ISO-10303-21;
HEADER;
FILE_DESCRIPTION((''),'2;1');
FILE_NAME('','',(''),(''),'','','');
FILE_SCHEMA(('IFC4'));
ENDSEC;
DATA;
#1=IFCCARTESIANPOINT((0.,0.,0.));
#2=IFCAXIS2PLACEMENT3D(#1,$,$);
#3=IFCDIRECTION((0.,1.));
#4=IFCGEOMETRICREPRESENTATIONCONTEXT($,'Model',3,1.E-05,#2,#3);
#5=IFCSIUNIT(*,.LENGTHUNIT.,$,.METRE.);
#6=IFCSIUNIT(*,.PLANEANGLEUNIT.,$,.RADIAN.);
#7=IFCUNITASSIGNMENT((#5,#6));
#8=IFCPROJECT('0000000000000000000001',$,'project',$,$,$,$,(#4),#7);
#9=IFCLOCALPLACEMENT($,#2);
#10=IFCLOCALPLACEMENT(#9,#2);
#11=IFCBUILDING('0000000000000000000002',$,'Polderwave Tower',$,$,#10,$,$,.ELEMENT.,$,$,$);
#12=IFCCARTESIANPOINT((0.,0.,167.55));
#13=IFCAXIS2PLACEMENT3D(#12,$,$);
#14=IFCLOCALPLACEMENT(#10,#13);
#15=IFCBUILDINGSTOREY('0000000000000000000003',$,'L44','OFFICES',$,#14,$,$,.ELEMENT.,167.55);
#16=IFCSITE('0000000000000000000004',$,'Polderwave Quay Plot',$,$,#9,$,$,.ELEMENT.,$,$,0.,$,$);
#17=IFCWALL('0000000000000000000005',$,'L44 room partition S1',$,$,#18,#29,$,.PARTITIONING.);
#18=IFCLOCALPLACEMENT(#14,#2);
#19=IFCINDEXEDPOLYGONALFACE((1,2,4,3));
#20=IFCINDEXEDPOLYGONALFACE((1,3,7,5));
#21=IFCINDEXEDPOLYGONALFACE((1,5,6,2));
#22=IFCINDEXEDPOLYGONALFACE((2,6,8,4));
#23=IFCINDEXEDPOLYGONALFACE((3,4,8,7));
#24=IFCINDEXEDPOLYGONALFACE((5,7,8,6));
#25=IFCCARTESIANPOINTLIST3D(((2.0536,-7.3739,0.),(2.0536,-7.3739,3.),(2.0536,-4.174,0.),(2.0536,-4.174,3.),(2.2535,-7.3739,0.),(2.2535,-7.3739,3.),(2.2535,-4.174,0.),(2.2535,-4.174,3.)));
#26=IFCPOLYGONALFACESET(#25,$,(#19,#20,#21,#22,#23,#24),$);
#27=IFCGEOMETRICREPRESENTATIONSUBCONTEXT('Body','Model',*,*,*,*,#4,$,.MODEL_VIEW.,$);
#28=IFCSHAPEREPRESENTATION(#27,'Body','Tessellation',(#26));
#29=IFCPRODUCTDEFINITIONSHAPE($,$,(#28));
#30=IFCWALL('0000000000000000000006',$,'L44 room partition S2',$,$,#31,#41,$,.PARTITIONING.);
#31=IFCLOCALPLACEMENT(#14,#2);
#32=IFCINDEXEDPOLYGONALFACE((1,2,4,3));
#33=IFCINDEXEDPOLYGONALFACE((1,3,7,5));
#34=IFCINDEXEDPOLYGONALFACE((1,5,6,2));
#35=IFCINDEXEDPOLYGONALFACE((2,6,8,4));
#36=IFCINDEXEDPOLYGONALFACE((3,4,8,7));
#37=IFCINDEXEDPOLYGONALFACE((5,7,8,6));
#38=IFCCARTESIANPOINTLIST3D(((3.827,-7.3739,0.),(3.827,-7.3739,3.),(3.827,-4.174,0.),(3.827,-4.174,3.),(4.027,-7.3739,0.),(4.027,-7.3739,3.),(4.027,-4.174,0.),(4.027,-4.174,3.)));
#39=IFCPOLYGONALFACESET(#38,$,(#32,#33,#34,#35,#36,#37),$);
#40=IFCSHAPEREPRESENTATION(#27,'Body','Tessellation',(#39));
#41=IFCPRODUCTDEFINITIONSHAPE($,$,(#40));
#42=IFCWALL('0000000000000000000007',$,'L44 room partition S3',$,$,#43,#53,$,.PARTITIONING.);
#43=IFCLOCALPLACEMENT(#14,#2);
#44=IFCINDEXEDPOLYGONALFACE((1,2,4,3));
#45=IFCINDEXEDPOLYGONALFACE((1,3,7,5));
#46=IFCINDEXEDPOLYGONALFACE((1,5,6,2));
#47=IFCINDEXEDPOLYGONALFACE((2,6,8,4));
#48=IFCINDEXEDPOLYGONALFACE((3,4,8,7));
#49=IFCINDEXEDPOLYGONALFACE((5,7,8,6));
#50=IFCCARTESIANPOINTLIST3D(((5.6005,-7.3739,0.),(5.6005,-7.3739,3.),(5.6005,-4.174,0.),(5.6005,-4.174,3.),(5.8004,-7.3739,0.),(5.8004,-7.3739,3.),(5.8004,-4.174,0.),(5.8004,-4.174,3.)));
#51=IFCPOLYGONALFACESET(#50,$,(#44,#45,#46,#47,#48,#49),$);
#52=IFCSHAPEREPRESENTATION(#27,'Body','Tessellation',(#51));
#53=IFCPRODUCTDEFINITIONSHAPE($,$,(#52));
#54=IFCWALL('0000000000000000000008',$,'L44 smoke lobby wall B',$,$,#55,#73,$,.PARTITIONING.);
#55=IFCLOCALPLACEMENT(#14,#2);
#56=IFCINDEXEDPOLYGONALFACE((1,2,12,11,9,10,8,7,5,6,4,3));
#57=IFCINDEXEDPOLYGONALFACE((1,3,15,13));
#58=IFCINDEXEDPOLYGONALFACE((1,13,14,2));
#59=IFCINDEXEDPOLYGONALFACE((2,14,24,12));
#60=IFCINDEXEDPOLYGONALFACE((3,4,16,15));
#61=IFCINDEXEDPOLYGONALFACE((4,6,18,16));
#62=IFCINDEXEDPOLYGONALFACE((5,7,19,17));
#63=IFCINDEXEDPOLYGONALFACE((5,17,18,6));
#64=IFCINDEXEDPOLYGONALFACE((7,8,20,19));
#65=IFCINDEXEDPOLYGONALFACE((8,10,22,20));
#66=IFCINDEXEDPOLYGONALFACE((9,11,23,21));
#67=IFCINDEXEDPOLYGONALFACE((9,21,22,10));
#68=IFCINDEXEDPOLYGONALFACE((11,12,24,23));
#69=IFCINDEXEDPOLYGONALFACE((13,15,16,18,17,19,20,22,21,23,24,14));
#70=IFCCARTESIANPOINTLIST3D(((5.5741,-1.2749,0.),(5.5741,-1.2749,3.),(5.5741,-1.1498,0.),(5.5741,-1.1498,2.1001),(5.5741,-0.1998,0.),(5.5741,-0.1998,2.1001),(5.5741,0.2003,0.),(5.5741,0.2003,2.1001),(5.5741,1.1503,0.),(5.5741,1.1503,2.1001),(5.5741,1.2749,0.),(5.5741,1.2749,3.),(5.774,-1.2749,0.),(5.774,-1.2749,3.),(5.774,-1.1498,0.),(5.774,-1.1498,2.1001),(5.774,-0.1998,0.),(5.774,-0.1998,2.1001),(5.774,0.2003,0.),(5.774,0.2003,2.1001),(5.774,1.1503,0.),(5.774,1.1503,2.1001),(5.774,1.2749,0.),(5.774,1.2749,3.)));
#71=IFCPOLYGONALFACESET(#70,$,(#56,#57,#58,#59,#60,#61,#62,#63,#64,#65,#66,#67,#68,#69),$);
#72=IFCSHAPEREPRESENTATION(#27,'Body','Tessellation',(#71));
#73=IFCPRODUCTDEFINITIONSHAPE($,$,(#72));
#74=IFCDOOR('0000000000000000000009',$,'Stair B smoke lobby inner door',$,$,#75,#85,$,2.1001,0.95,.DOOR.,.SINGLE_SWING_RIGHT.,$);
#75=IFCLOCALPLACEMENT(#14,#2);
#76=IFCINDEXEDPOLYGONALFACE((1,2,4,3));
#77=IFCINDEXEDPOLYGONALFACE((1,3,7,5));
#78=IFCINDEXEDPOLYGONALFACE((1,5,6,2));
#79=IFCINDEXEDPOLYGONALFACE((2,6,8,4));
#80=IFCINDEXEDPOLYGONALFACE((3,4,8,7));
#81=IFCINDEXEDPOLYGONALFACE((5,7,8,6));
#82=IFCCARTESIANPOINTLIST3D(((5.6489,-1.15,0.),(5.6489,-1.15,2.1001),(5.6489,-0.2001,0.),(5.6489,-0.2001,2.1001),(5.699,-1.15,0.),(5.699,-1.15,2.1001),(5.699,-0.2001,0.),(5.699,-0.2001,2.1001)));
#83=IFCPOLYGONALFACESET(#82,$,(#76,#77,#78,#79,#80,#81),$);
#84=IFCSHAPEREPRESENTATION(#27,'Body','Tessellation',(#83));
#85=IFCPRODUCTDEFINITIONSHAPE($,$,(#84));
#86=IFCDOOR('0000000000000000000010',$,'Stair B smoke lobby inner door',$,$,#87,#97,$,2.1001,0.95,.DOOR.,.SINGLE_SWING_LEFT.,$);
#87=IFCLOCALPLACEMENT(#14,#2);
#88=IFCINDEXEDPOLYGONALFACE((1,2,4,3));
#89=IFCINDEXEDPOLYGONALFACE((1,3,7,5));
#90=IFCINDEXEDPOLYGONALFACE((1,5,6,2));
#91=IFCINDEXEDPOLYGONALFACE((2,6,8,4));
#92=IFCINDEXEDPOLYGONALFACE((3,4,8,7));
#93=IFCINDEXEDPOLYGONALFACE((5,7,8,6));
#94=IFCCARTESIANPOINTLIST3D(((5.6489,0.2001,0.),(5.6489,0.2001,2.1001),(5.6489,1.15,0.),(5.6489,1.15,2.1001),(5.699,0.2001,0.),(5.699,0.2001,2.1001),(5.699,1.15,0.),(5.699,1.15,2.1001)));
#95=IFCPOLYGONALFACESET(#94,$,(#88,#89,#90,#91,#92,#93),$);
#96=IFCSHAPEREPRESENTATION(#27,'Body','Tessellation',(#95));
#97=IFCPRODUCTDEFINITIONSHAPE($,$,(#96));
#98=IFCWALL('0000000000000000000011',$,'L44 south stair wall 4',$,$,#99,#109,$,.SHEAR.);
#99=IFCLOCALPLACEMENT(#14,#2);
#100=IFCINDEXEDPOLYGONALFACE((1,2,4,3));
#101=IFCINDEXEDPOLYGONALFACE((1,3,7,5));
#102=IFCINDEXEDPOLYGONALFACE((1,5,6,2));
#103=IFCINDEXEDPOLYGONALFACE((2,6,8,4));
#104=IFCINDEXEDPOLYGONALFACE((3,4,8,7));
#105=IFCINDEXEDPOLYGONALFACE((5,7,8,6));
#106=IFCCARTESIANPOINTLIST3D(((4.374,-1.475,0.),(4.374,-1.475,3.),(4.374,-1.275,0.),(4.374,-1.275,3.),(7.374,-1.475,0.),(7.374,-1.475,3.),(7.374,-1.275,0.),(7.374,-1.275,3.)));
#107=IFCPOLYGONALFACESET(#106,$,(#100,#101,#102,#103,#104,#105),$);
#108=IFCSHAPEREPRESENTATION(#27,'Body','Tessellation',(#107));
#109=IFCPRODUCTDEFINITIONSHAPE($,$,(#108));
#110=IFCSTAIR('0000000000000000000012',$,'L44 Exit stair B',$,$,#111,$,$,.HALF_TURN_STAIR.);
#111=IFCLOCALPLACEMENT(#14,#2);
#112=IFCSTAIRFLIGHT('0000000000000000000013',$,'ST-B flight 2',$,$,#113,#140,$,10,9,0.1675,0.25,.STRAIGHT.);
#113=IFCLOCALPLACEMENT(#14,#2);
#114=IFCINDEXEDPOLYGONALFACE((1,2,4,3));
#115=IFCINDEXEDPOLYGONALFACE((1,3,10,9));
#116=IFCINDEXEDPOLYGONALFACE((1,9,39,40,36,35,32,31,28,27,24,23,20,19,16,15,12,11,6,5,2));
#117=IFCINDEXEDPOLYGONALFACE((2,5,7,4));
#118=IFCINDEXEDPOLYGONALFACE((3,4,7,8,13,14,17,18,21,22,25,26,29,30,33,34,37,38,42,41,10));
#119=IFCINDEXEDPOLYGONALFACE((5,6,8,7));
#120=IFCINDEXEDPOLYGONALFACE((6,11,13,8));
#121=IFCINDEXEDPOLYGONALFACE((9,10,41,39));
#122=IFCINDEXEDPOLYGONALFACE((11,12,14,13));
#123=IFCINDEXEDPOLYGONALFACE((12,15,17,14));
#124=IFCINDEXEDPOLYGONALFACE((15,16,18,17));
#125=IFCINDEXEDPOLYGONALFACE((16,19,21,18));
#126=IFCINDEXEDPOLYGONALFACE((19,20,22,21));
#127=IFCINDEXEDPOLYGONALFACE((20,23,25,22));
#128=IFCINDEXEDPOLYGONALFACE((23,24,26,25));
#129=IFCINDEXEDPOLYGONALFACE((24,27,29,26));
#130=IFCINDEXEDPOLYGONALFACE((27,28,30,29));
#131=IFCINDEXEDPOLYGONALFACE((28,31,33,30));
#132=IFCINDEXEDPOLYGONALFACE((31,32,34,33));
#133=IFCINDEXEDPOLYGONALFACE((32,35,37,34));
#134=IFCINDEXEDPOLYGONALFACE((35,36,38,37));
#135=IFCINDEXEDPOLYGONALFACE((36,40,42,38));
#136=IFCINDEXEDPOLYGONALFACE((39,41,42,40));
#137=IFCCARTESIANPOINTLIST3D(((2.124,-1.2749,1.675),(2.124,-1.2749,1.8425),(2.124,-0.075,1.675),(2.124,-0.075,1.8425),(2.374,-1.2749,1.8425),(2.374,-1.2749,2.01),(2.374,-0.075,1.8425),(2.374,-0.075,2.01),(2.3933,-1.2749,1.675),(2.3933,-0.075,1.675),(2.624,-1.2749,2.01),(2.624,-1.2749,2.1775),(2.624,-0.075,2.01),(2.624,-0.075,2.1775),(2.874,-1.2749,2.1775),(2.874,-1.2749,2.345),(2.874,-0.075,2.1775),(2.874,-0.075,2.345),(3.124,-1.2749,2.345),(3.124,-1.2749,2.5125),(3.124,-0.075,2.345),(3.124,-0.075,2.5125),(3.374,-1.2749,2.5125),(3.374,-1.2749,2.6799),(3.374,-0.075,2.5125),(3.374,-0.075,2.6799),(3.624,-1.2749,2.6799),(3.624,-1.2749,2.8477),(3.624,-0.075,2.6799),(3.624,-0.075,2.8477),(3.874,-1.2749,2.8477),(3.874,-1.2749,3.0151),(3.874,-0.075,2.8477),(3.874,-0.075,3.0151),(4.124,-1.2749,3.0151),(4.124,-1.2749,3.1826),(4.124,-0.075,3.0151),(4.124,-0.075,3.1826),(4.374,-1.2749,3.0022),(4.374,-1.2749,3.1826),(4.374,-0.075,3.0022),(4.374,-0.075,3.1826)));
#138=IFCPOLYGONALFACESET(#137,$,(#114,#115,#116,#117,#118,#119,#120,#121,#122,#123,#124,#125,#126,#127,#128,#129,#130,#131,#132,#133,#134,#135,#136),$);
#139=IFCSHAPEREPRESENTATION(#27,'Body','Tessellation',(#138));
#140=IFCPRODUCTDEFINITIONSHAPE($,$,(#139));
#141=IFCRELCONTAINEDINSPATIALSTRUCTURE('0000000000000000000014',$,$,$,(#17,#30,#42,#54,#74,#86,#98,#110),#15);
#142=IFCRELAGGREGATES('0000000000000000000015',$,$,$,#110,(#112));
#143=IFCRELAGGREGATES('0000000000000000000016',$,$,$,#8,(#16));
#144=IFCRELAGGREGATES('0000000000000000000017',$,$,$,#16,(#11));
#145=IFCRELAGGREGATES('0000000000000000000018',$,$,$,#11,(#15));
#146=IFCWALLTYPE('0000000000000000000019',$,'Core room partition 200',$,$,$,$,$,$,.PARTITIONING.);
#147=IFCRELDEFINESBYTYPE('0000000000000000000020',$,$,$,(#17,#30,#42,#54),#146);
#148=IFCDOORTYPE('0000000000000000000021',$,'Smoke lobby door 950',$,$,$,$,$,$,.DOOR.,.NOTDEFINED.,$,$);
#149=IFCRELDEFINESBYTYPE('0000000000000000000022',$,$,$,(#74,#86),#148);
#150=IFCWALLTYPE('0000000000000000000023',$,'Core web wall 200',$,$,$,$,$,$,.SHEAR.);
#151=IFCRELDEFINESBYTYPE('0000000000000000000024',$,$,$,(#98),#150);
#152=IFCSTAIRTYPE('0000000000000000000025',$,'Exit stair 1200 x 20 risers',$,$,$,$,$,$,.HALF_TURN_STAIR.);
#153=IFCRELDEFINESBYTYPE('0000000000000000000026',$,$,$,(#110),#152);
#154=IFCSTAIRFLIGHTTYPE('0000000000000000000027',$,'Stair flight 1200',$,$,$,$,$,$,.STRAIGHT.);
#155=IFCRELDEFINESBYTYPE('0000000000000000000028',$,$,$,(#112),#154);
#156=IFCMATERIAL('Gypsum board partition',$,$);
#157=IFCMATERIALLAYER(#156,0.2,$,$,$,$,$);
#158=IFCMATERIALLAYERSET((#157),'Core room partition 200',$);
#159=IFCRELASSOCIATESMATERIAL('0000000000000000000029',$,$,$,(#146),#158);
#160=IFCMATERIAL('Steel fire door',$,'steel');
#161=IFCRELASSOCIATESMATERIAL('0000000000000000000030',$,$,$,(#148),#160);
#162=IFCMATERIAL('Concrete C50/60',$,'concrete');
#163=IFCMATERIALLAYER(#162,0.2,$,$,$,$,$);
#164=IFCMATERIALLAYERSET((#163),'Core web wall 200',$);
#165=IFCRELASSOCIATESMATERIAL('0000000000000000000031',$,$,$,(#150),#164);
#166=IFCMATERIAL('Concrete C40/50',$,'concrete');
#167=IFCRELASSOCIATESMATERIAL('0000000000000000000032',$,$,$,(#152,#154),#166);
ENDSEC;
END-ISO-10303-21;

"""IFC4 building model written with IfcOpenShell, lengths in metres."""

from ifc_helpers import new_model, si_unit, direction, frame, frame_2d, origin, place, context, subcontext, project, spatial, polyline, rectangle, outline, extrude, material, layer, layer_set, type_object, element, fill, aggregate, save


model = new_model("IFC4")

# Units and contexts
model_context = context("Model", 3, precision=1e-05, world=origin(), true_north=direction((0.0, 1.0)))
body_context = subcontext(model_context, "Body", "Model", "MODEL_VIEW")
ifc_project = project(units=[si_unit("LENGTHUNIT", "METRE"), si_unit("PLANEANGLEUNIT", "RADIAN")], contexts=[model_context])

# Site, building, storey
site_placement = place(None, origin())
site = spatial("IfcSite", under=ifc_project, at=site_placement, Name="Polderwave Quay Plot", CompositionType="ELEMENT", RefElevation=0.0)
building_placement = place(site_placement, origin())
building = spatial("IfcBuilding", under=site, at=building_placement, Name="Polderwave Tower", CompositionType="ELEMENT")
storey_placement = place(building_placement, frame((0.0, 0.0, 167.55)))
storey = spatial("IfcBuildingStorey", under=building, at=storey_placement, Name="L44", Description="OFFICES", CompositionType="ELEMENT", Elevation=167.55)

# Walls
ifc_material_1 = material(Name="Gypsum board partition")
ifc_layer_1 = layer(ifc_material_1, 0.2)
ifc_layer_set_1 = layer_set([ifc_layer_1], Name="Core room partition 200")
wall_type_1 = type_object("IfcWallType", Name="Core room partition 200", PredefinedType="PARTITIONING", material=ifc_layer_set_1)
for number, where, z_axis, x_axis, name in (
    (1, (2.1536, -7.374, 0.0), (0.0, 0.0, 1.0), (0.0, 1.0, 0.0), "L44 room partition S1"),
    (2, (3.927, -7.374, 0.0), (0.0, 0.0, 1.0), (0.0, 1.0, 0.0), "L44 room partition S2"),
    (3, (5.7004, -7.374, 0.0), (0.0, 0.0, 1.0), (0.0, 1.0, 0.0), "L44 room partition S3"),
):
    element("IfcWall", number, at=place(storey_placement, frame(where, z_axis=z_axis, x_axis=x_axis)), inside=storey, type_object=wall_type_1, Name=name, PredefinedType="PARTITIONING", context=body_context, shape_type="SweptSolid", body=[
        extrude(rectangle(XDim=3.2, YDim=0.2, at=frame_2d((1.6001, 0.0))), origin(), (0.0, 0.0, 1.0), 3.0),
    ])

# Wall, openings, doors
wall_1_placement = place(storey_placement, frame((5.6741, -1.2749, 0.0), z_axis=(0.0, 0.0, 1.0), x_axis=(0.0, 1.0, 0.0)))
wall_1 = element("IfcWall", 4, at=wall_1_placement, inside=storey, type_object=wall_type_1, Name="L44 smoke lobby wall B", PredefinedType="PARTITIONING", context=body_context, shape_type="SweptSolid", body=[
    extrude(rectangle(XDim=2.5498, YDim=0.2, at=frame_2d((1.2749, 0.0))), origin(), (0.0, 0.0, 1.0), 3.0),
])
opening_1_placement = place(wall_1_placement, frame((0.125, 0.0, 0.0)))
opening_1 = element("IfcOpeningElement", 5, at=opening_1_placement, cuts=wall_1, PredefinedType="OPENING", context=body_context, shape_type="SweptSolid", body=[
    extrude(rectangle(XDim=0.95, YDim=2.1001, at=frame_2d((0.4751, 1.05))), frame((0.0, 0.1099, 0.0), z_axis=(0.0, -1.0, 0.0), x_axis=(1.0, 0.0, 0.0)), (0.0, 0.0, 1.0), 0.22),
])
opening_2_placement = place(wall_1_placement, frame((1.4751, 0.0, 0.0)))
opening_2 = element("IfcOpeningElement", 6, at=opening_2_placement, cuts=wall_1, PredefinedType="OPENING", context=body_context, shape_type="SweptSolid", body=[
    extrude(rectangle(XDim=0.95, YDim=2.1001, at=frame_2d((0.4751, 1.05))), frame((0.0, 0.1099, 0.0), z_axis=(0.0, -1.0, 0.0), x_axis=(1.0, 0.0, 0.0)), (0.0, 0.0, 1.0), 0.22),
])
ifc_material_2 = material(Name="Steel fire door", Category="steel")
door_type = type_object("IfcDoorType", Name="Smoke lobby door 950", OperationType="NOTDEFINED", PredefinedType="DOOR", material=ifc_material_2)
door_1_placement = place(opening_1_placement, frame((0.95, 0.0, 0.0), z_axis=(0.0, 0.0, 1.0), x_axis=(-1.0, 0.0, 0.0)))
door_1 = element("IfcDoor", 7, at=door_1_placement, inside=storey, type_object=door_type, Name="Stair B smoke lobby inner door", OperationType="SINGLE_SWING_RIGHT", OverallHeight=2.1001, OverallWidth=0.95, PredefinedType="DOOR", context=body_context, shape_type="SweptSolid", body=[
    extrude(rectangle(XDim=0.95, YDim=2.1001, at=frame_2d((0.4751, 1.05))), frame((0.0, 0.0249, 0.0), z_axis=(0.0, -1.0, 0.0), x_axis=(1.0, 0.0, 0.0)), (0.0, 0.0, 1.0), 0.05),
])
fill(opening_1, door_1)
door_2_placement = place(opening_2_placement, frame((0.95, 0.0, 0.0), z_axis=(0.0, 0.0, 1.0), x_axis=(-1.0, 0.0, 0.0)))
door_2 = element("IfcDoor", 8, at=door_2_placement, inside=storey, type_object=door_type, Name="Stair B smoke lobby inner door", OperationType="SINGLE_SWING_LEFT", OverallHeight=2.1001, OverallWidth=0.95, PredefinedType="DOOR", context=body_context, shape_type="SweptSolid", body=[
    extrude(rectangle(XDim=0.95, YDim=2.1001, at=frame_2d((0.4751, 1.05))), frame((0.0, 0.0249, 0.0), z_axis=(0.0, -1.0, 0.0), x_axis=(1.0, 0.0, 0.0)), (0.0, 0.0, 1.0), 0.05),
])
fill(opening_2, door_2)

# Wall
ifc_material_3 = material(Name="Concrete C50/60", Category="concrete")
ifc_layer_2 = layer(ifc_material_3, 0.2)
ifc_layer_set_2 = layer_set([ifc_layer_2], Name="Core web wall 200")
wall_type_2 = type_object("IfcWallType", Name="Core web wall 200", PredefinedType="SHEAR", material=ifc_layer_set_2)
wall_2_placement = place(storey_placement, frame((4.374, -1.375, 0.0), z_axis=(0.0, 0.0, 1.0), x_axis=(1.0, 0.0, 0.0)))
element("IfcWall", 9, at=wall_2_placement, inside=storey, type_object=wall_type_2, Name="L44 south stair wall 4", PredefinedType="SHEAR", context=body_context, shape_type="SweptSolid", body=[
    extrude(rectangle(XDim=3.0, YDim=0.2, at=frame_2d((1.5, 0.0))), origin(), (0.0, 0.0, 1.0), 3.0),
])

# Stair, stair flight
ifc_material_4 = material(Name="Concrete C40/50", Category="concrete")
stair_type = type_object("IfcStairType", Name="Exit stair 1200 x 20 risers", PredefinedType="HALF_TURN_STAIR", material=ifc_material_4)
stair_placement = place(storey_placement, origin())
stair = element("IfcStair", 10, at=stair_placement, inside=storey, type_object=stair_type, Name="L44 Exit stair B", PredefinedType="HALF_TURN_STAIR")
stair_flight_type = type_object("IfcStairFlightType", Name="Stair flight 1200", PredefinedType="STRAIGHT", material=ifc_material_4)
stair_flight_placement = place(storey_placement, frame((2.124, -0.675, 1.675), z_axis=(0.0, 0.0, 1.0), x_axis=(1.0, 0.0, 0.0)))
stair_flight = element("IfcStairFlight", 11, at=stair_flight_placement, type_object=stair_flight_type, Name="ST-B flight 2", NumberOfRisers=10, NumberOfTreads=9, PredefinedType="STRAIGHT", RiserHeight=0.1675, TreadLength=0.25, context=body_context, shape_type="SweptSolid", body=[
    extrude(outline(polyline([(0.0, 0.0), (0.0, 0.1675), (0.25, 0.1675), (0.25, 0.335), (0.5, 0.335), (0.5, 0.5024), (0.75, 0.5024), (0.75, 0.6699), (1.0, 0.6699), (1.0, 0.8374), (1.25, 0.8374), (1.25, 1.0049), (1.5, 1.0049), (1.5, 1.1726), (1.75, 1.1726), (1.75, 1.3401), (2.0, 1.3401), (2.0, 1.5076), (2.25, 1.5076), (2.25, 1.675), (2.25, 1.3271), (0.2693, 0.0), (0.0, 0.0)])), frame((0.0, 0.6001, 0.0), z_axis=(0.0, -1.0, 0.0), x_axis=(1.0, 0.0, 0.0)), (0.0, 0.0, 1.0), 1.2),
])
aggregate(stair, [stair_flight])

save(model, "model.ifc")
